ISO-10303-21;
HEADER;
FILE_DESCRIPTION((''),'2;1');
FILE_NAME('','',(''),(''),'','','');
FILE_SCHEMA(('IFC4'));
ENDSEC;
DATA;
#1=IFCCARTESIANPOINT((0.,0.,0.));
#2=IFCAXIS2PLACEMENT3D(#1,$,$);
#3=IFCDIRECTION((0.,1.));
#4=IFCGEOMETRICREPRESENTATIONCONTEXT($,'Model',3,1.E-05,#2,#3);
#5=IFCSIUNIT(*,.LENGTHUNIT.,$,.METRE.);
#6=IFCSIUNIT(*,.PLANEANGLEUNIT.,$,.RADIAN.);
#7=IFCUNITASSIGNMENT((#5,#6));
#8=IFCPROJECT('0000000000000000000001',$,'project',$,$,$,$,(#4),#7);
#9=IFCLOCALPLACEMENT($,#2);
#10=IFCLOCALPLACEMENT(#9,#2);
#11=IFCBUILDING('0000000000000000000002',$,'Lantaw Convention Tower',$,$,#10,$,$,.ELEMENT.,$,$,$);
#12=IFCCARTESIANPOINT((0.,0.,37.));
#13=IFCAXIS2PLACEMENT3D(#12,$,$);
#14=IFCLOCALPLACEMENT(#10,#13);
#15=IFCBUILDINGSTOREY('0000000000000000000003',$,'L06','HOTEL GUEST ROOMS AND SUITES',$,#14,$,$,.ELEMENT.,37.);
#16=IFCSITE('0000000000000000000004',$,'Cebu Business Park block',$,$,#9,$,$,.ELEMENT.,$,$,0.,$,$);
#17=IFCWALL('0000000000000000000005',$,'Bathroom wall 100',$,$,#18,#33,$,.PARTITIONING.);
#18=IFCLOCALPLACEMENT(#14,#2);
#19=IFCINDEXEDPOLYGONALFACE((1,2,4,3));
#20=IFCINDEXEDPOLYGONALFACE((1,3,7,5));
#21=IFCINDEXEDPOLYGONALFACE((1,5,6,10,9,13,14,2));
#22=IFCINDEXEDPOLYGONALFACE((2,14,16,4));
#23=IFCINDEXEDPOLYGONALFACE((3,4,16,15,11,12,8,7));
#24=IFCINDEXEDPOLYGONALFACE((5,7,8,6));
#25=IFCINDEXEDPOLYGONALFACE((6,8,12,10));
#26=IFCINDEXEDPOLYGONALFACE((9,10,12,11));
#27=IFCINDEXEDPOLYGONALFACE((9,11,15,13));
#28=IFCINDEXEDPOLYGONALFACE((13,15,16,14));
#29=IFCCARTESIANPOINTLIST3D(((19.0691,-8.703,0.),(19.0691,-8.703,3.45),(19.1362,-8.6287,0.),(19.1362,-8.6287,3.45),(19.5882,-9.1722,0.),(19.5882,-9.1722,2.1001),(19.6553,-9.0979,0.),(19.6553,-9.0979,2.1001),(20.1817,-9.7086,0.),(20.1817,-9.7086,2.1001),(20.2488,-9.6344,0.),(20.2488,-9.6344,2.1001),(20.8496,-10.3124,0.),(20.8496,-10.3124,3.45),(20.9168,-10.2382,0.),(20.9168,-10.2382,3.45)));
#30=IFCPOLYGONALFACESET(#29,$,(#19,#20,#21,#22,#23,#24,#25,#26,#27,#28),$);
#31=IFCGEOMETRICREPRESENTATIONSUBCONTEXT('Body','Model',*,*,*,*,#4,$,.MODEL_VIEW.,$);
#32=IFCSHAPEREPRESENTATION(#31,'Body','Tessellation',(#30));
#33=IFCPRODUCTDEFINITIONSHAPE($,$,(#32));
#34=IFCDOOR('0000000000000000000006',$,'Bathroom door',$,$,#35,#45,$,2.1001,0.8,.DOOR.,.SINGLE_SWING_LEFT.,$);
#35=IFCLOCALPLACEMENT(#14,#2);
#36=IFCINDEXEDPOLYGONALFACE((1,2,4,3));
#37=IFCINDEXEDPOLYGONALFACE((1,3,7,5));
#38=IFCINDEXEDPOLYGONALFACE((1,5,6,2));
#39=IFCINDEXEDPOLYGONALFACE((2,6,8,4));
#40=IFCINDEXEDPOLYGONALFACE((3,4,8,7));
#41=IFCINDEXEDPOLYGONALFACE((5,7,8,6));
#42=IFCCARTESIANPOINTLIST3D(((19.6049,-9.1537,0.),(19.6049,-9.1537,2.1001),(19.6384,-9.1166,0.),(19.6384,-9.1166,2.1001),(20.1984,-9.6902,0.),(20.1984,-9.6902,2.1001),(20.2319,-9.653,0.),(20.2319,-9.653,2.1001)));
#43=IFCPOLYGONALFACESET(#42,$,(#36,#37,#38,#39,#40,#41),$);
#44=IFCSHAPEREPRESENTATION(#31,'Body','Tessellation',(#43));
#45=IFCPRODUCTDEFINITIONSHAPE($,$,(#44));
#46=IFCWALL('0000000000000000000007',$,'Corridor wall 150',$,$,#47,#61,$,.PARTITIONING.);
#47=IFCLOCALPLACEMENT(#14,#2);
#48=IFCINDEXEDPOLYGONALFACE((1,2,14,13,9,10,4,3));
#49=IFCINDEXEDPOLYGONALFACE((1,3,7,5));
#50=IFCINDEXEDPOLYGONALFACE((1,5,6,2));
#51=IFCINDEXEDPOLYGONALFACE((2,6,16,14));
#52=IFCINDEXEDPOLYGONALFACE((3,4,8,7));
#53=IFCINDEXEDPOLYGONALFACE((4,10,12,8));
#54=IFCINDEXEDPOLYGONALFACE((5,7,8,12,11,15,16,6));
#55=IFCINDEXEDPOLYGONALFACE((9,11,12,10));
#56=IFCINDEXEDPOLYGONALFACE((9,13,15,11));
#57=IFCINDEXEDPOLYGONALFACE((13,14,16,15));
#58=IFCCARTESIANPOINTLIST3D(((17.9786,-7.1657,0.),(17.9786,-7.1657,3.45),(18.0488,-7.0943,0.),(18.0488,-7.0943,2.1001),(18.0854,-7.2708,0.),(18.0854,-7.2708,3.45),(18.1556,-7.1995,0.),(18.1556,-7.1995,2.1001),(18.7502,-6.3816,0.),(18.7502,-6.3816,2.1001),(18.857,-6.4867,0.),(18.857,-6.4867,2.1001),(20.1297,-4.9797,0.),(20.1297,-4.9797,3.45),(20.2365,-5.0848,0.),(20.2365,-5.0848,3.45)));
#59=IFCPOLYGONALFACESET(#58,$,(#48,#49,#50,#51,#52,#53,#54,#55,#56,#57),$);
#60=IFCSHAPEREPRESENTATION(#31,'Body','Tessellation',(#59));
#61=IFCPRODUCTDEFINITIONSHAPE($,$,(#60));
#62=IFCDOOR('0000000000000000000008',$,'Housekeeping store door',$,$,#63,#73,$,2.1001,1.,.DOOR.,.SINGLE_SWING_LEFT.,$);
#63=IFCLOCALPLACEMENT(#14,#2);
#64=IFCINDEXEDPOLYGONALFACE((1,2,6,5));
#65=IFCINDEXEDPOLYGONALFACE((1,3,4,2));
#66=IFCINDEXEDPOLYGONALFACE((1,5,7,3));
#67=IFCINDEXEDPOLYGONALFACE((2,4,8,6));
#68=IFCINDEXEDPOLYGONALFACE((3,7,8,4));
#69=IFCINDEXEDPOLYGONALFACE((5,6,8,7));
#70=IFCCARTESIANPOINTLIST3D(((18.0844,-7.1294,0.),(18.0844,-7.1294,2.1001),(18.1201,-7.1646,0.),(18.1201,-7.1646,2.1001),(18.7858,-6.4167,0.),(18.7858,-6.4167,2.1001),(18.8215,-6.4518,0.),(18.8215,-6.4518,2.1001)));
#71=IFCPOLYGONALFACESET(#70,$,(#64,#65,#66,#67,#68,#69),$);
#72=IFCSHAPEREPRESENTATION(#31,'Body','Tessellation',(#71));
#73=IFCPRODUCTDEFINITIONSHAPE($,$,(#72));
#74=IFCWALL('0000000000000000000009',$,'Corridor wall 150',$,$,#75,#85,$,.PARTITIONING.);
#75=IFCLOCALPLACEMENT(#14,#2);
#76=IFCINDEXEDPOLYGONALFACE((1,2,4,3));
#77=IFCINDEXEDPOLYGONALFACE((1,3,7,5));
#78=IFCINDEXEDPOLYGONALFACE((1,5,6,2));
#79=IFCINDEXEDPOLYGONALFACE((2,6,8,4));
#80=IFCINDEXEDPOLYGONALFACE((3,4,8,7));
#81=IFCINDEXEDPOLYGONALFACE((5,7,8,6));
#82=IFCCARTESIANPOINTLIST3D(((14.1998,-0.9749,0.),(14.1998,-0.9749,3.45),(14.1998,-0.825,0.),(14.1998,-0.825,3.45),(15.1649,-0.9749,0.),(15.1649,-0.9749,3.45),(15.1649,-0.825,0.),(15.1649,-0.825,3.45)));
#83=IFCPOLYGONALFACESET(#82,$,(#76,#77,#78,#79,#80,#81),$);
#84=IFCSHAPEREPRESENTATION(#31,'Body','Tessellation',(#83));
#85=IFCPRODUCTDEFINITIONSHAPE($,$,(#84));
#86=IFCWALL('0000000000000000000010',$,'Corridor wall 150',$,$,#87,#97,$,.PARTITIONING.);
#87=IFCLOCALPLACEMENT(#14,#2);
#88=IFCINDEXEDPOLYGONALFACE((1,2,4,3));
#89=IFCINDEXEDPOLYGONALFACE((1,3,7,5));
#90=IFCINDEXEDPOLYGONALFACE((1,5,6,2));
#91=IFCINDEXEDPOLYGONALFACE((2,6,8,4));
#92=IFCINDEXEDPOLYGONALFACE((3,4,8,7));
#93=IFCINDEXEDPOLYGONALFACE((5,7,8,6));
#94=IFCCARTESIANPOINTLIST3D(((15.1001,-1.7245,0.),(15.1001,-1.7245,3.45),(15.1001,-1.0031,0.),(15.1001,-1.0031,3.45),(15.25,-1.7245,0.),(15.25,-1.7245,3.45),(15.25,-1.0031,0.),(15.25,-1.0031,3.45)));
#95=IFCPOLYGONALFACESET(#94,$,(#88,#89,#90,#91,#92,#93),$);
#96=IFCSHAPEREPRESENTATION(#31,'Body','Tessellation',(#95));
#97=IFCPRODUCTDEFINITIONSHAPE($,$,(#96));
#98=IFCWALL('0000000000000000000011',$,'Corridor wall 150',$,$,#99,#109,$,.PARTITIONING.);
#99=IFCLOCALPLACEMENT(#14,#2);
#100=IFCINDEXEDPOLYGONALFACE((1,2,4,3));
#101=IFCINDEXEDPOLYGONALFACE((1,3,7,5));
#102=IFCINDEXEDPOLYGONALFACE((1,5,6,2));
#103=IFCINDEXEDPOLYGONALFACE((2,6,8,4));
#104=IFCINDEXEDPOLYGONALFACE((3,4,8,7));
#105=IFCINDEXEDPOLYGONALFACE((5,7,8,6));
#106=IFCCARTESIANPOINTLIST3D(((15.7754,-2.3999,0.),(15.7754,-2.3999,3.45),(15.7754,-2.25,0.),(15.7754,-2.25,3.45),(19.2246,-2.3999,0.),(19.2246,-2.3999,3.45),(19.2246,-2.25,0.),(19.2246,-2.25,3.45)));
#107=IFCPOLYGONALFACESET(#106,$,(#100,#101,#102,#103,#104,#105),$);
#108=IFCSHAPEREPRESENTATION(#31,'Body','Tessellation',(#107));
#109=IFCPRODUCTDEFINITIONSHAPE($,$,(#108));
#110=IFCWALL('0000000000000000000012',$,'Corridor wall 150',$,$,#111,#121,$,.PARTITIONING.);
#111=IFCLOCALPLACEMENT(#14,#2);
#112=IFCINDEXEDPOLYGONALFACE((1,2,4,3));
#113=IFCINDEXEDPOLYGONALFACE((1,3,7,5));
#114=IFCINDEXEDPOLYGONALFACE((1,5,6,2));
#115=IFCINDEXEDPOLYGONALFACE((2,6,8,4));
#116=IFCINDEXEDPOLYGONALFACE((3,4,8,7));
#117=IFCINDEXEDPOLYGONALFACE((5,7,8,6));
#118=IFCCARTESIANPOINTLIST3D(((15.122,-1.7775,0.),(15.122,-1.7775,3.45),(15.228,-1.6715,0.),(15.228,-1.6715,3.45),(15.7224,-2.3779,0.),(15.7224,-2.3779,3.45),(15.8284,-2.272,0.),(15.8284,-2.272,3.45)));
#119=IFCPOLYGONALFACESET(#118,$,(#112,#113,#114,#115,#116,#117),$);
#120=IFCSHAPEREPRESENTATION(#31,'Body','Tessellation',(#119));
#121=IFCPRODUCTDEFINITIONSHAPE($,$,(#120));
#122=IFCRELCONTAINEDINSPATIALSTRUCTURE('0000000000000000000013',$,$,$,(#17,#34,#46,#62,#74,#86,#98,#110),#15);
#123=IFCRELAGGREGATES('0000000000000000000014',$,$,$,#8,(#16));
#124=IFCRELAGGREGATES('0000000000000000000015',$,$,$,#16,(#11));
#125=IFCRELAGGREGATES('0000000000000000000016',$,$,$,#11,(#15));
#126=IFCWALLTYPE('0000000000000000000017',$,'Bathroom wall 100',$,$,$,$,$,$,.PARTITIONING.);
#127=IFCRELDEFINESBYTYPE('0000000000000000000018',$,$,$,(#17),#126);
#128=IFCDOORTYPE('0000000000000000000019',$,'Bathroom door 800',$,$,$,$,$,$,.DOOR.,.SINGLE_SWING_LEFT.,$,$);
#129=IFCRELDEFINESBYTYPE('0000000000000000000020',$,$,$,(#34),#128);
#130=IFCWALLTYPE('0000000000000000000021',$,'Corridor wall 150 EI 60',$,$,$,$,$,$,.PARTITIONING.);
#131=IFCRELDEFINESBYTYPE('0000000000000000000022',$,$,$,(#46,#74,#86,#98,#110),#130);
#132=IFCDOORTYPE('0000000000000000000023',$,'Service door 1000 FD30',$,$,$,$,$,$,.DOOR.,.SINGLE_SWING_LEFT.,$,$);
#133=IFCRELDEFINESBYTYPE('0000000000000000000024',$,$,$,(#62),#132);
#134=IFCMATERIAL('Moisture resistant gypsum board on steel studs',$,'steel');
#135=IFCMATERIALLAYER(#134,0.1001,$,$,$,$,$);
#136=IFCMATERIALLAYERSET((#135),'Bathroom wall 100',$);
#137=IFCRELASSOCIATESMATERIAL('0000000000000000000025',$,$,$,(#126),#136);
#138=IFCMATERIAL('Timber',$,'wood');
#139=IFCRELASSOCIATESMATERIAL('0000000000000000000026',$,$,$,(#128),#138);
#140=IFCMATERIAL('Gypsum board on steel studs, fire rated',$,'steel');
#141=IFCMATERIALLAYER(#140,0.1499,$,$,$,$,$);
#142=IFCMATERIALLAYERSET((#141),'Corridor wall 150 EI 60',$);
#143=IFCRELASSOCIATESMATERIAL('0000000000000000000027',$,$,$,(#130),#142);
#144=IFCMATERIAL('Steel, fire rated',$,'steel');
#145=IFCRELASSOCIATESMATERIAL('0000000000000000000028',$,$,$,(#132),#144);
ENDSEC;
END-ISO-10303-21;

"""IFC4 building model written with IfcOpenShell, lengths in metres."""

from ifc_helpers import new_model, si_unit, direction, frame, frame_2d, origin, place, context, subcontext, project, spatial, rectangle, extrude, material, layer, layer_set, type_object, element, fill, save


model = new_model("IFC4")

# Units and contexts
model_context = context("Model", 3, precision=1e-05, world=origin(), true_north=direction((0.0, 1.0)))
body_context = subcontext(model_context, "Body", "Model", "MODEL_VIEW")
ifc_project = project(units=[si_unit("LENGTHUNIT", "METRE"), si_unit("PLANEANGLEUNIT", "RADIAN")], contexts=[model_context])

# Site, building, storey
site_placement = place(None, origin())
site = spatial("IfcSite", under=ifc_project, at=site_placement, Name="Cebu Business Park block", CompositionType="ELEMENT", RefElevation=0.0)
building_placement = place(site_placement, origin())
building = spatial("IfcBuilding", under=site, at=building_placement, Name="Lantaw Convention Tower", CompositionType="ELEMENT")
storey_placement = place(building_placement, frame((0.0, 0.0, 37.0)))
storey = spatial("IfcBuildingStorey", under=building, at=storey_placement, Name="L06", Description="HOTEL GUEST ROOMS AND SUITES", CompositionType="ELEMENT", Elevation=37.0)

# Walls, openings, doors
ifc_material_1 = material(Name="Moisture resistant gypsum board on steel studs", Category="steel")
ifc_layer_1 = layer(ifc_material_1, 0.1001)
ifc_layer_set_1 = layer_set([ifc_layer_1], Name="Bathroom wall 100")
wall_type_1 = type_object("IfcWallType", Name="Bathroom wall 100", PredefinedType="PARTITIONING", material=ifc_layer_set_1)
wall_1_placement = place(storey_placement, frame((19.1025, -8.6658, 0.0), z_axis=(0.0, 0.0, 1.0), x_axis=(0.741861, -0.670554, 0.0)))
wall_1 = element("IfcWall", 1, at=wall_1_placement, inside=storey, type_object=wall_type_1, Name="Bathroom wall 100", PredefinedType="PARTITIONING", context=body_context, shape_type="SweptSolid", body=[
    extrude(rectangle(XDim=2.4001, YDim=0.1001, at=frame_2d((1.2002, 0.0))), origin(), (0.0, 0.0, 1.0), 3.45),
])
opening_1_placement = place(wall_1_placement, frame((0.7, 0.0, 0.0)))
opening_1 = element("IfcOpeningElement", 2, at=opening_1_placement, cuts=wall_1, PredefinedType="OPENING", context=body_context, shape_type="SweptSolid", body=[
    extrude(rectangle(XDim=0.8, YDim=2.1001, at=frame_2d((0.3999, 1.05))), frame((0.0, 0.0601, 0.0), z_axis=(0.0, -1.0, 0.0), x_axis=(1.0, 0.0, 0.0)), (0.0, 0.0, 1.0), 0.1201),
])
ifc_material_2 = material(Name="Timber", Category="wood")
door_type_1 = type_object("IfcDoorType", Name="Bathroom door 800", OperationType="SINGLE_SWING_LEFT", PredefinedType="DOOR", material=ifc_material_2)
door_1_placement = place(opening_1_placement, origin())
door_1 = element("IfcDoor", 3, at=door_1_placement, inside=storey, type_object=door_type_1, Name="Bathroom door", OperationType="SINGLE_SWING_LEFT", OverallHeight=2.1001, OverallWidth=0.8, PredefinedType="DOOR", context=body_context, shape_type="SweptSolid", body=[
    extrude(rectangle(XDim=0.8, YDim=2.1001, at=frame_2d((0.3999, 1.05))), frame((0.0, 0.0249, 0.0), z_axis=(0.0, -1.0, 0.0), x_axis=(1.0, 0.0, 0.0)), (0.0, 0.0, 1.0), 0.05),
])
fill(opening_1, door_1)
ifc_material_3 = material(Name="Gypsum board on steel studs, fire rated", Category="steel")
ifc_layer_2 = layer(ifc_material_3, 0.1499)
ifc_layer_set_2 = layer_set([ifc_layer_2], Name="Corridor wall 150 EI 60")
wall_type_2 = type_object("IfcWallType", Name="Corridor wall 150 EI 60", PredefinedType="PARTITIONING", material=ifc_layer_set_2)
wall_2_placement = place(storey_placement, frame((18.032, -7.2183, 0.0), z_axis=(0.0, 0.0, 1.0), x_axis=(0.701392, 0.712776, 0.0)))
wall_2 = element("IfcWall", 4, at=wall_2_placement, inside=storey, type_object=wall_type_2, Name="Corridor wall 150", PredefinedType="PARTITIONING", context=body_context, shape_type="SweptSolid", body=[
    extrude(rectangle(XDim=3.0669, YDim=0.1499, at=frame_2d((1.5334, 0.0))), origin(), (0.0, 0.0, 1.0), 3.45),
])
opening_2_placement = place(wall_2_placement, frame((0.1001, 0.0, 0.0)))
opening_2 = element("IfcOpeningElement", 5, at=opening_2_placement, cuts=wall_2, PredefinedType="OPENING", context=body_context, shape_type="SweptSolid", body=[
    extrude(rectangle(XDim=1.0, YDim=2.1001, at=frame_2d((0.5, 1.05))), frame((0.0, 0.085, 0.0), z_axis=(0.0, -1.0, 0.0), x_axis=(1.0, 0.0, 0.0)), (0.0, 0.0, 1.0), 0.1699),
])
ifc_material_4 = material(Name="Steel, fire rated", Category="steel")
door_type_2 = type_object("IfcDoorType", Name="Service door 1000 FD30", OperationType="SINGLE_SWING_LEFT", PredefinedType="DOOR", material=ifc_material_4)
door_2_placement = place(opening_2_placement, origin())
door_2 = element("IfcDoor", 6, at=door_2_placement, inside=storey, type_object=door_type_2, Name="Housekeeping store door", OperationType="SINGLE_SWING_LEFT", OverallHeight=2.1001, OverallWidth=1.0, PredefinedType="DOOR", context=body_context, shape_type="SweptSolid", body=[
    extrude(rectangle(XDim=1.0, YDim=2.1001, at=frame_2d((0.5, 1.05))), frame((0.0, 0.0249, 0.0), z_axis=(0.0, -1.0, 0.0), x_axis=(1.0, 0.0, 0.0)), (0.0, 0.0, 1.0), 0.05),
])
fill(opening_2, door_2)

# Walls
wall_3_placement = place(storey_placement, frame((14.2, -0.8999, 0.0), z_axis=(0.0, 0.0, 1.0), x_axis=(1.0, 0.0, 0.0)))
element("IfcWall", 7, at=wall_3_placement, inside=storey, type_object=wall_type_2, Name="Corridor wall 150", PredefinedType="PARTITIONING", context=body_context, shape_type="SweptSolid", body=[
    extrude(rectangle(XDim=0.9651, YDim=0.1499, at=frame_2d((0.4824, 0.0))), origin(), (0.0, 0.0, 1.0), 3.45),
])
wall_4_placement = place(storey_placement, frame((15.175, -1.7246, 0.0), z_axis=(0.0, 0.0, 1.0), x_axis=(0.0, 1.0, 0.0)))
element("IfcWall", 8, at=wall_4_placement, inside=storey, type_object=wall_type_2, Name="Corridor wall 150", PredefinedType="PARTITIONING", context=body_context, shape_type="SweptSolid", body=[
    extrude(rectangle(XDim=0.7214, YDim=0.1499, at=frame_2d((0.3608, 0.0))), origin(), (0.0, 0.0, 1.0), 3.45),
])
wall_5_placement = place(storey_placement, frame((19.2246, -2.325, 0.0), z_axis=(0.0, 0.0, 1.0), x_axis=(-1.0, 0.0, 0.0)))
element("IfcWall", 9, at=wall_5_placement, inside=storey, type_object=wall_type_2, Name="Corridor wall 150", PredefinedType="PARTITIONING", context=body_context, shape_type="SweptSolid", body=[
    extrude(rectangle(XDim=3.4492, YDim=0.1499, at=frame_2d((1.7246, 0.0))), origin(), (0.0, 0.0, 1.0), 3.45),
])
wall_6_placement = place(storey_placement, frame((15.7754, -2.325, 0.0), z_axis=(0.0, 0.0, 1.0), x_axis=(-0.707107, 0.707107, 0.0)))
element("IfcWall", 10, at=wall_6_placement, inside=storey, type_object=wall_type_2, Name="Corridor wall 150", PredefinedType="PARTITIONING", context=body_context, shape_type="SweptSolid", body=[
    extrude(rectangle(XDim=0.8491, YDim=0.1499, at=frame_2d((0.4246, 0.0))), origin(), (0.0, 0.0, 1.0), 3.45),
])

save(model, "model.ifc")
